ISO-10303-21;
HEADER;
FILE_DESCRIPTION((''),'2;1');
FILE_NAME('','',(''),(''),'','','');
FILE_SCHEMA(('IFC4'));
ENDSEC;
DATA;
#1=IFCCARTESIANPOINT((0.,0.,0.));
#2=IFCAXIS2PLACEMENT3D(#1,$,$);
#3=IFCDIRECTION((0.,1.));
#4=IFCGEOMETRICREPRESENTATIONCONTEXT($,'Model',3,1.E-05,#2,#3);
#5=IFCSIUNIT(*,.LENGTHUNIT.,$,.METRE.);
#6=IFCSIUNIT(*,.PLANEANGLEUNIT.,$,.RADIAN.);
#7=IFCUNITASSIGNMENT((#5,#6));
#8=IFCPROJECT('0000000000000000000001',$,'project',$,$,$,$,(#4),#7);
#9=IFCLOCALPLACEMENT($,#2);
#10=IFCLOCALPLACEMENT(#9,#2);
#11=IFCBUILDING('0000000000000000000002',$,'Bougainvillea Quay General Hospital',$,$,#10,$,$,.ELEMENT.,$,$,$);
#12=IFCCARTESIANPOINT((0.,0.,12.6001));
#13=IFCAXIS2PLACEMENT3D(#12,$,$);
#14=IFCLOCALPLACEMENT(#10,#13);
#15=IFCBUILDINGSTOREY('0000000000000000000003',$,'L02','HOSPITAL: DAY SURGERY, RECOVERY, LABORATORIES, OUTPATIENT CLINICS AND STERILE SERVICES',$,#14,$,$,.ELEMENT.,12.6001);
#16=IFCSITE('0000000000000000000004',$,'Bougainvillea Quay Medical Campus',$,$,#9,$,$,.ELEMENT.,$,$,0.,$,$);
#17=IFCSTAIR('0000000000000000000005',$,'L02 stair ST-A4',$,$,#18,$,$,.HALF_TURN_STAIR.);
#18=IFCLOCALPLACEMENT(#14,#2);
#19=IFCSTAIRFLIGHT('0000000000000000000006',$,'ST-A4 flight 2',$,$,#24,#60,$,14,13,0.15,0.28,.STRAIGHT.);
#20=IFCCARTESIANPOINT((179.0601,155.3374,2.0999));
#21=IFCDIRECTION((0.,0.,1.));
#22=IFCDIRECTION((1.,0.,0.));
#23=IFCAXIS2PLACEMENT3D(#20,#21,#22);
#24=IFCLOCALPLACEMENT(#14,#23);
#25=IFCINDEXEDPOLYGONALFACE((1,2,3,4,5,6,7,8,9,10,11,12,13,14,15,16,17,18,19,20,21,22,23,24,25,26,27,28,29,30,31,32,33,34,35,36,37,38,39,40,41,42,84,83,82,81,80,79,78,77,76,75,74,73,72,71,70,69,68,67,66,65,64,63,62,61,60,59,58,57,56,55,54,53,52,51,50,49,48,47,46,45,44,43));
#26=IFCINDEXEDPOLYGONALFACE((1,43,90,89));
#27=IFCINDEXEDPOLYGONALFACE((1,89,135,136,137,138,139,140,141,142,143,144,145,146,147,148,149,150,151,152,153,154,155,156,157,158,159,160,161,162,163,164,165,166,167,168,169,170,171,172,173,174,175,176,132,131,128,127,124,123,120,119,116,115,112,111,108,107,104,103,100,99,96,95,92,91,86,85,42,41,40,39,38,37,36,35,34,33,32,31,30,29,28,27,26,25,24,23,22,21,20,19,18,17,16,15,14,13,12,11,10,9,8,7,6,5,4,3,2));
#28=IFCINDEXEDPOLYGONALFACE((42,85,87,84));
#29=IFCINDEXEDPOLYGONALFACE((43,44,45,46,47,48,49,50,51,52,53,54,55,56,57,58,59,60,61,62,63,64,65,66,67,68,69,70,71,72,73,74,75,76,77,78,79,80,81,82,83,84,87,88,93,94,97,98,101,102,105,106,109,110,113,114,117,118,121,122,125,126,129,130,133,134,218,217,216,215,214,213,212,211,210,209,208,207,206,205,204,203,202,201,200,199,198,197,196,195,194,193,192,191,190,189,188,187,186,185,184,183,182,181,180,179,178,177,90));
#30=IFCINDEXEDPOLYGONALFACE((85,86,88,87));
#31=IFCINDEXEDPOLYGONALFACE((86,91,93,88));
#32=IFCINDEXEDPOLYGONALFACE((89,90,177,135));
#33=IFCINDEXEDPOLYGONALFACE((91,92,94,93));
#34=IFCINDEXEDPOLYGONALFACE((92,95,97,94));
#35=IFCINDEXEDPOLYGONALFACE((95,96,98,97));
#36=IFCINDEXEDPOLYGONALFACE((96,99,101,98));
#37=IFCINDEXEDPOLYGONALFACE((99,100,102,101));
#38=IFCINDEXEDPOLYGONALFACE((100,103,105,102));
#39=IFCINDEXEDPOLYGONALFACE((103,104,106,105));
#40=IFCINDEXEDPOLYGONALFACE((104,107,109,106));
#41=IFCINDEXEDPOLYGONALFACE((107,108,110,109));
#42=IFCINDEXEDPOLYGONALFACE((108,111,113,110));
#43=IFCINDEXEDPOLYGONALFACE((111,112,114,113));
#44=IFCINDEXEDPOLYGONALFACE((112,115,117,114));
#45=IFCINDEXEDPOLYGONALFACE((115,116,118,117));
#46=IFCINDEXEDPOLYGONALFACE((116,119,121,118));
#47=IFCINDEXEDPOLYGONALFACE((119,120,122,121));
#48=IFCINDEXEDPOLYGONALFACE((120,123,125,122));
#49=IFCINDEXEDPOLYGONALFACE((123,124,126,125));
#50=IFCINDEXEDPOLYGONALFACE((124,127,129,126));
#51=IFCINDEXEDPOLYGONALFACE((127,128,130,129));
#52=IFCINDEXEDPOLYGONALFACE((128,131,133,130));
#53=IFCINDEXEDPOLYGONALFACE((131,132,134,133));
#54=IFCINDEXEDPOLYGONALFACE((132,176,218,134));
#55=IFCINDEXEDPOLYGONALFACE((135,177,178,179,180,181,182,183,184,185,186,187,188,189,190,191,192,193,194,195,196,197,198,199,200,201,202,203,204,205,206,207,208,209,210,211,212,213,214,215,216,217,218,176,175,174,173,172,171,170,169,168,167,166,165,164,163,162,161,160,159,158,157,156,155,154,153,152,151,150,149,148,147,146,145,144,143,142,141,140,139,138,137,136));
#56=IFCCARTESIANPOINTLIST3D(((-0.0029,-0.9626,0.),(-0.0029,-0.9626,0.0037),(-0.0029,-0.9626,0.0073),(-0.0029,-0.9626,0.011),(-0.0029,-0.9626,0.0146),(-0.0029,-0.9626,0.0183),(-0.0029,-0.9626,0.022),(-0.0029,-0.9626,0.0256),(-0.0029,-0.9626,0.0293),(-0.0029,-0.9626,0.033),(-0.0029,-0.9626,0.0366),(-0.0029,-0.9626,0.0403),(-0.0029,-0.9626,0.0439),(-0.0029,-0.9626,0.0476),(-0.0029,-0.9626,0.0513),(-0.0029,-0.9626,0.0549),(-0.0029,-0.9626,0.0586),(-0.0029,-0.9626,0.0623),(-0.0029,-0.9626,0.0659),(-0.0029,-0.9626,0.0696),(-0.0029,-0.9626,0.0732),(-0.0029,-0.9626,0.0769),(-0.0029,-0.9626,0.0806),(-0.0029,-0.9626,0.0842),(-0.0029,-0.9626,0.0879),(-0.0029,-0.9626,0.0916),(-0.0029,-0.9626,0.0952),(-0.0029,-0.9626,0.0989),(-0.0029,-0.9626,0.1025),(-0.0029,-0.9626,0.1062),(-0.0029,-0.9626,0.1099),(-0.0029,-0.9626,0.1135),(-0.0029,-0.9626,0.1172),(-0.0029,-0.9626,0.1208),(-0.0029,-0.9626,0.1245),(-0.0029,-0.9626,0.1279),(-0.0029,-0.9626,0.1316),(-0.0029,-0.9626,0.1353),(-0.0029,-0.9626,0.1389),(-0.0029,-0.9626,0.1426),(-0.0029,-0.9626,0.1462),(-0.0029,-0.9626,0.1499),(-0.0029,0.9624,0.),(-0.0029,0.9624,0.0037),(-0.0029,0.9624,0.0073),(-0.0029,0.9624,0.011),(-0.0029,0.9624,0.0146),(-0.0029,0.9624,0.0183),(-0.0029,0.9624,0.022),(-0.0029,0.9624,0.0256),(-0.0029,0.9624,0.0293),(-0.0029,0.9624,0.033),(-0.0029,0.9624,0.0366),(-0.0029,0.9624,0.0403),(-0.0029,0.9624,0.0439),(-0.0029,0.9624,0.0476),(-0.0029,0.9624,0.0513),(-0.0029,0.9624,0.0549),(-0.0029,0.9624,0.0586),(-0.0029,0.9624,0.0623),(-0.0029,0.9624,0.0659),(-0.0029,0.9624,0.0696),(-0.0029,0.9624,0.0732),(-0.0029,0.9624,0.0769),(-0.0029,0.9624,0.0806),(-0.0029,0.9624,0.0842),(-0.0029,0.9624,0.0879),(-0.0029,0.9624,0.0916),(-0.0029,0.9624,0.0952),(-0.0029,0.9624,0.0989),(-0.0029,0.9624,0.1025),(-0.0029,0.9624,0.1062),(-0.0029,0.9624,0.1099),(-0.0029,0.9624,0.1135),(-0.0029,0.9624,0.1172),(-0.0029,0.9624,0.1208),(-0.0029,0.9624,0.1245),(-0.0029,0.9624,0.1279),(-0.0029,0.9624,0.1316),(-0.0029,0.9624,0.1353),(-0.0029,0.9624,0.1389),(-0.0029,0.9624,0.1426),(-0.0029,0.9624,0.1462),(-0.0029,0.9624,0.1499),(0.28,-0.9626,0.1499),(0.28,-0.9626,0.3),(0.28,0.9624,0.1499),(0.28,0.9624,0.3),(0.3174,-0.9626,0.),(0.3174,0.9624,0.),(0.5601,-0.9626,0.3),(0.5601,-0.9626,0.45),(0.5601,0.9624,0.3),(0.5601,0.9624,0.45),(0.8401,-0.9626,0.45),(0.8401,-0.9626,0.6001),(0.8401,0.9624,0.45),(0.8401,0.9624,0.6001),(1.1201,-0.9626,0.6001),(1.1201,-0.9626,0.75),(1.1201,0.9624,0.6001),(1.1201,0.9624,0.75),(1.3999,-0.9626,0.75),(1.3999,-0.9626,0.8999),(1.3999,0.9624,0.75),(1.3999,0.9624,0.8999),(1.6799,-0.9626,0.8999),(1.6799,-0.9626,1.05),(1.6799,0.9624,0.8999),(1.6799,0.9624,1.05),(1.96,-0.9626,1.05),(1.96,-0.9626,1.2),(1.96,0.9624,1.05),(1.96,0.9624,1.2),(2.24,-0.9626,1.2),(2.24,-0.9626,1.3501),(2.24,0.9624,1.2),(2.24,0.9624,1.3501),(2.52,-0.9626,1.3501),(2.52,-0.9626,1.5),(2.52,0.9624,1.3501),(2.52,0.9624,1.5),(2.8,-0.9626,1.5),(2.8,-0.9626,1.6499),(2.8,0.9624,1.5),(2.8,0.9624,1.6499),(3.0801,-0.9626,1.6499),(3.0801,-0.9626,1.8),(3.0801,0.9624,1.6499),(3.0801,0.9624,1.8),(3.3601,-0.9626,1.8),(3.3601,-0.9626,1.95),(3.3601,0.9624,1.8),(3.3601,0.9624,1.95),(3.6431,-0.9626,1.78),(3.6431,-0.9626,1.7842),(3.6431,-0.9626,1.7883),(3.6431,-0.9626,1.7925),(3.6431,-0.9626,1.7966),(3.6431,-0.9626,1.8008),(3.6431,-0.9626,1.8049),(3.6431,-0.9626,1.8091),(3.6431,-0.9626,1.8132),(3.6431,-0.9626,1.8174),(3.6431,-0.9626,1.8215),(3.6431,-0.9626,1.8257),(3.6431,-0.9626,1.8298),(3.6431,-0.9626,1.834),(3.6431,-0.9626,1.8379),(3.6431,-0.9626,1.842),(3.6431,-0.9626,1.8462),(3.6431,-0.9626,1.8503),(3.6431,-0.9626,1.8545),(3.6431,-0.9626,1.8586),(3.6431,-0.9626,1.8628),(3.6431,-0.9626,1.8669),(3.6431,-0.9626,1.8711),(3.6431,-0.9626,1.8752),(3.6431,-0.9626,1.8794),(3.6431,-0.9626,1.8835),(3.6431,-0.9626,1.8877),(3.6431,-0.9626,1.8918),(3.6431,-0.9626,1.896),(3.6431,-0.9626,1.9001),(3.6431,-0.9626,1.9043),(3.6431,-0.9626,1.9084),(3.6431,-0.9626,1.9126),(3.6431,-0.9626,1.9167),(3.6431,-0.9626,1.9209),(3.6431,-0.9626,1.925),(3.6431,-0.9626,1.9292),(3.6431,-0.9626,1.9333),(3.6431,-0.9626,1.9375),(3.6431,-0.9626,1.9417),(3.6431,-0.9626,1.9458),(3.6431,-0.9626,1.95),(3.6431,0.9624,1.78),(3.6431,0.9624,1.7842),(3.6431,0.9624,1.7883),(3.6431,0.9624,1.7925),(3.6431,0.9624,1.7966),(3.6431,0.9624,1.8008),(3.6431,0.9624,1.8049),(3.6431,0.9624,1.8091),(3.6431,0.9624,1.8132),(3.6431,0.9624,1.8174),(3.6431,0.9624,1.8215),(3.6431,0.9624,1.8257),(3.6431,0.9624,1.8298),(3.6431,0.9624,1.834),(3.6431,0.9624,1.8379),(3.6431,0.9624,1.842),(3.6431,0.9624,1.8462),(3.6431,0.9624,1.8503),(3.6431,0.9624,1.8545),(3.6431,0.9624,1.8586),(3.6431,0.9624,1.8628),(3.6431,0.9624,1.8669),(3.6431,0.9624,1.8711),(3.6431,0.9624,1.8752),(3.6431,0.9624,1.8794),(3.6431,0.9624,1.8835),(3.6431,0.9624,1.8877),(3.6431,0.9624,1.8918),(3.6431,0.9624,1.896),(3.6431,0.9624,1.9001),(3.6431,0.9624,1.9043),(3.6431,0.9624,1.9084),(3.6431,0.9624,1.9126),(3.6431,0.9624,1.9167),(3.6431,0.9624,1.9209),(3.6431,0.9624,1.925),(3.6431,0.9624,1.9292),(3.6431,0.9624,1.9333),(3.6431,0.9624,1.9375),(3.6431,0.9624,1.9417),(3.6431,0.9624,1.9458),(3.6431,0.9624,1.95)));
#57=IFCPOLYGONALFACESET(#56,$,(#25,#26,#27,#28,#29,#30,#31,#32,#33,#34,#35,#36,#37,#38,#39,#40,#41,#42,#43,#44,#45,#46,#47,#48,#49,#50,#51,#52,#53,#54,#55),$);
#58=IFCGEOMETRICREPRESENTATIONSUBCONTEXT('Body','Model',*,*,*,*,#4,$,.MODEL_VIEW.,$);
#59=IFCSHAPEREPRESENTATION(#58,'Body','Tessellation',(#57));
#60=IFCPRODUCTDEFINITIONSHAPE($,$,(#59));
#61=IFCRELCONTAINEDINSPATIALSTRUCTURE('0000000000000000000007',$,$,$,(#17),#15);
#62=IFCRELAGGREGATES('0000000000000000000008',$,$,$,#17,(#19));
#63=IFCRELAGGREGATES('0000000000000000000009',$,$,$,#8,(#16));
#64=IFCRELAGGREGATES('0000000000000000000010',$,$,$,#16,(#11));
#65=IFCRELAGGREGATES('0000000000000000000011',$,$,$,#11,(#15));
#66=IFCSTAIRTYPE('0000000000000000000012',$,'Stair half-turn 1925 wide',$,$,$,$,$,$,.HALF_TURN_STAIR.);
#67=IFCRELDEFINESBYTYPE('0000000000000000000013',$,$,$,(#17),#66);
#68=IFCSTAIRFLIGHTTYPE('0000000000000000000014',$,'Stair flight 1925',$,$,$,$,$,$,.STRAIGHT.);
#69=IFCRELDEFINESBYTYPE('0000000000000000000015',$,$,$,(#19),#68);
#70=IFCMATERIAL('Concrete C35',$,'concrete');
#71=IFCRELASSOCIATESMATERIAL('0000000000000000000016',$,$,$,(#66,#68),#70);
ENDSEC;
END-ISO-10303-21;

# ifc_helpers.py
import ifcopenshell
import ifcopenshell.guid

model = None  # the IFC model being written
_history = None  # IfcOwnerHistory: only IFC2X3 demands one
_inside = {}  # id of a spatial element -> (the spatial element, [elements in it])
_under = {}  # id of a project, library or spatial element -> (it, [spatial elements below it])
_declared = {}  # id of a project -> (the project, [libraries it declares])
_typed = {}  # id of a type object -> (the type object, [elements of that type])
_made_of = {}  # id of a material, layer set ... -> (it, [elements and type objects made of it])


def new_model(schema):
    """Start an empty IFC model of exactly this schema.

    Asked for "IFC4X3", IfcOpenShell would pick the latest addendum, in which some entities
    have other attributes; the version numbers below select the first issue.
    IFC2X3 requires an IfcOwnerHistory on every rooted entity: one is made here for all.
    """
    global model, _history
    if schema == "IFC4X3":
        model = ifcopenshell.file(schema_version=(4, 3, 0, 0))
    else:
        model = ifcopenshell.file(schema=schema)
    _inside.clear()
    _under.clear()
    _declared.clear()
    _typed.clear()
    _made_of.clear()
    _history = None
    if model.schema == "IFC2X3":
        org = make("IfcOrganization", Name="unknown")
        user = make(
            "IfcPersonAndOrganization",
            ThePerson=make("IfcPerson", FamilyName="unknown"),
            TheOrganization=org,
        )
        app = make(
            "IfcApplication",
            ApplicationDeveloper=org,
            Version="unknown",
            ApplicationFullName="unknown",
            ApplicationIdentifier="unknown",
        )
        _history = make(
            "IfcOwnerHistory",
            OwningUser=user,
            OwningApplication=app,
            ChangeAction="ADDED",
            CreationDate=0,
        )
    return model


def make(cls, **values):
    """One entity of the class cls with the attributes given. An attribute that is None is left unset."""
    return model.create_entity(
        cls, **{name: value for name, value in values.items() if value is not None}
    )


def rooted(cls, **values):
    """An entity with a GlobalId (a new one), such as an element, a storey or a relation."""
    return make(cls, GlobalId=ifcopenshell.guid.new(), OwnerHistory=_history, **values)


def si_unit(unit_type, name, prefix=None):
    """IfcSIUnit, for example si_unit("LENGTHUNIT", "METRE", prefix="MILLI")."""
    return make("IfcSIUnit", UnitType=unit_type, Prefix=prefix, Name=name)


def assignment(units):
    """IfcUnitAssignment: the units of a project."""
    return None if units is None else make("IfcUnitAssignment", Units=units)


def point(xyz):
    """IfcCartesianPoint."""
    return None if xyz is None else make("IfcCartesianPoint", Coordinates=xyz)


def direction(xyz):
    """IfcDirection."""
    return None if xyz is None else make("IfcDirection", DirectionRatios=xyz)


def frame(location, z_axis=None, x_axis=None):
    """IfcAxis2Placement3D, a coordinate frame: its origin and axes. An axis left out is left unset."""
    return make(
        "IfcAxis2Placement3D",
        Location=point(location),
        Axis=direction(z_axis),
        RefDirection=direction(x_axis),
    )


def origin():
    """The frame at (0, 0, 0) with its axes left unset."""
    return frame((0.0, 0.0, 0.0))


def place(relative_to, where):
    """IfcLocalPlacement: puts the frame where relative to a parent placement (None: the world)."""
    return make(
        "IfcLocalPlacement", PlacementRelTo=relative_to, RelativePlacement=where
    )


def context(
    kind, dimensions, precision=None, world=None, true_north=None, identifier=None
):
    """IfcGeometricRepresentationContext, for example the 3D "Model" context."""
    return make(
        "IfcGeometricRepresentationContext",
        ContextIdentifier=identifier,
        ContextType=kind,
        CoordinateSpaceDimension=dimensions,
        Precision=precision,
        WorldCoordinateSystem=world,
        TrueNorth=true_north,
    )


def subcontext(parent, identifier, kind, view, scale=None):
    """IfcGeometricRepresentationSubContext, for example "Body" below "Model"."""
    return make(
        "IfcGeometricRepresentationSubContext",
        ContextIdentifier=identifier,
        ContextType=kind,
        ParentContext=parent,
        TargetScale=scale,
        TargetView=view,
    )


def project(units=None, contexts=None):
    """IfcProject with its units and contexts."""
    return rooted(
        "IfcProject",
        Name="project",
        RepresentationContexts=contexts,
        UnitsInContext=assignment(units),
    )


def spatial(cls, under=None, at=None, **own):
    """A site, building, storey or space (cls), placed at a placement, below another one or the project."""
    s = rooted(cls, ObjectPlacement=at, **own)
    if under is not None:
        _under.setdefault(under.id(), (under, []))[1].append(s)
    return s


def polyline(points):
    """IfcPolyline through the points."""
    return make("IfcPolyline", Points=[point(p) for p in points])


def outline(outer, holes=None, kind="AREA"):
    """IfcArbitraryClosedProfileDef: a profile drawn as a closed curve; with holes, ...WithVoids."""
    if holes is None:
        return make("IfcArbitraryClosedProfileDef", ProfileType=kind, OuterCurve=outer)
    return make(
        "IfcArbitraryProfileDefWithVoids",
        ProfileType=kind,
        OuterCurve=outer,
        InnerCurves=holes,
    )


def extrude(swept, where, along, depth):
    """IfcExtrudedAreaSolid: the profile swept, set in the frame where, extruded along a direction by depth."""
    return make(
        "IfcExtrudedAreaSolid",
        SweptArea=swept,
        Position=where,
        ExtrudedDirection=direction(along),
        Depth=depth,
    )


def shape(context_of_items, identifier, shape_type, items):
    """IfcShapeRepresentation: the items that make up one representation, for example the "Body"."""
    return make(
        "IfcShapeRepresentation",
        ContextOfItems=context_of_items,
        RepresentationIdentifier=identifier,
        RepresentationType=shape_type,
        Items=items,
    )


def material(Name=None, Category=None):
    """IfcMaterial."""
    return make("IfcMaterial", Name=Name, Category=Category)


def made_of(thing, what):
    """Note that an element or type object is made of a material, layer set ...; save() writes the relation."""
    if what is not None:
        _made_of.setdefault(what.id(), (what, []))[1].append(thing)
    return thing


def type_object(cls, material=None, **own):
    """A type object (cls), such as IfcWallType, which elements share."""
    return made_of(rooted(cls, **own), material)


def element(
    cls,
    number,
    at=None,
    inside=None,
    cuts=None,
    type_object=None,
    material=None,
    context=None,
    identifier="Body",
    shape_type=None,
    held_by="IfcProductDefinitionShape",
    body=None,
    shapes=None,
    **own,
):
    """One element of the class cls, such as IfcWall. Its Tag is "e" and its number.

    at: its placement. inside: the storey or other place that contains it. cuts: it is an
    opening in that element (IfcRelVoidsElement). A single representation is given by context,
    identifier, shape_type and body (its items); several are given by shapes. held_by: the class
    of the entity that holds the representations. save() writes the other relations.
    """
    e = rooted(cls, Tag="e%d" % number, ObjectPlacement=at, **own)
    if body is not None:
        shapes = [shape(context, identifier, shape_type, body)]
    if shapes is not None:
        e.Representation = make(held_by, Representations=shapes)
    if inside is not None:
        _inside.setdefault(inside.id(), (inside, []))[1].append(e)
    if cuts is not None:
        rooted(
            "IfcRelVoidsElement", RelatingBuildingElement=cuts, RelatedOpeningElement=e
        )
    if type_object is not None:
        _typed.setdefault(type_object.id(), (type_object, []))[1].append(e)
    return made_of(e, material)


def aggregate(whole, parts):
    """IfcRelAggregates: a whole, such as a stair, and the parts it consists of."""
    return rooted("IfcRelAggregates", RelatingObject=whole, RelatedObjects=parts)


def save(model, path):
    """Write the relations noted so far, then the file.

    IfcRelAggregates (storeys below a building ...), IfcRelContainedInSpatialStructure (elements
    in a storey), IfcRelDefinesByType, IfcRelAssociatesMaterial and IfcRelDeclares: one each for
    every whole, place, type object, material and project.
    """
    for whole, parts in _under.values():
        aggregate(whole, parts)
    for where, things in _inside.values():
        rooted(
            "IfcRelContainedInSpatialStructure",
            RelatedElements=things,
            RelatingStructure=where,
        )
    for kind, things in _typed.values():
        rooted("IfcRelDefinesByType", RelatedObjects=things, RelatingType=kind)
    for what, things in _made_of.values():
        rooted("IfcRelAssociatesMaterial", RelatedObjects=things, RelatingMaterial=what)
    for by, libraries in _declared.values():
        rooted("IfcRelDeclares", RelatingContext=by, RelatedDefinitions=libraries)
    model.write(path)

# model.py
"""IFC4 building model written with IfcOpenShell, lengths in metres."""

from ifc_helpers import new_model, si_unit, direction, frame, origin, place, context, subcontext, project, spatial, polyline, outline, extrude, material, type_object, element, aggregate, save


model = new_model("IFC4")

# Units and contexts
model_context = context("Model", 3, precision=1e-05, world=origin(), true_north=direction((0.0, 1.0)))
body_context = subcontext(model_context, "Body", "Model", "MODEL_VIEW")
ifc_project = project(units=[si_unit("LENGTHUNIT", "METRE"), si_unit("PLANEANGLEUNIT", "RADIAN")], contexts=[model_context])

# Site, building, storey
site_placement = place(None, origin())
site = spatial("IfcSite", under=ifc_project, at=site_placement, Name="Bougainvillea Quay Medical Campus", CompositionType="ELEMENT", RefElevation=0.0)
building_placement = place(site_placement, origin())
building = spatial("IfcBuilding", under=site, at=building_placement, Name="Bougainvillea Quay General Hospital", CompositionType="ELEMENT")
storey_placement = place(building_placement, frame((0.0, 0.0, 12.6001)))
storey = spatial("IfcBuildingStorey", under=building, at=storey_placement, Name="L02", Description="HOSPITAL: DAY SURGERY, RECOVERY, LABORATORIES, OUTPATIENT CLINICS AND STERILE SERVICES", CompositionType="ELEMENT", Elevation=12.6001)

# Stair, stair flight
ifc_material_1 = material(Name="Concrete C35", Category="concrete")
stair_type = type_object("IfcStairType", Name="Stair half-turn 1925 wide", PredefinedType="HALF_TURN_STAIR", material=ifc_material_1)
stair_placement = place(storey_placement, origin())
stair = element("IfcStair", 1, at=stair_placement, inside=storey, type_object=stair_type, Name="L02 stair ST-A4", PredefinedType="HALF_TURN_STAIR")
stair_flight_type = type_object("IfcStairFlightType", Name="Stair flight 1925", PredefinedType="STRAIGHT", material=ifc_material_1)
stair_flight_placement = place(storey_placement, frame((179.0601, 155.3374, 2.0999), z_axis=(0.0, 0.0, 1.0), x_axis=(1.0, 0.0, 0.0)))
stair_flight = element("IfcStairFlight", 2, at=stair_flight_placement, type_object=stair_flight_type, Name="ST-A4 flight 2", NumberOfRisers=14, NumberOfTreads=13, PredefinedType="STRAIGHT", RiserHeight=0.15, TreadLength=0.28, context=body_context, shape_type="SweptSolid", body=[
    extrude(outline(polyline([(-0.0029, 0.0), (-0.0029, 0.0037), (-0.0029, 0.0073), (-0.0029, 0.011), (-0.0029, 0.0146), (-0.0029, 0.0183), (-0.0029, 0.022), (-0.0029, 0.0256), (-0.0029, 0.0293), (-0.0029, 0.033), (-0.0029, 0.0366), (-0.0029, 0.0403), (-0.0029, 0.0439), (-0.0029, 0.0476), (-0.0029, 0.0513), (-0.0029, 0.0549), (-0.0029, 0.0586), (-0.0029, 0.0623), (-0.0029, 0.0659), (-0.0029, 0.0696), (-0.0029, 0.0732), (-0.0029, 0.0769), (-0.0029, 0.0806), (-0.0029, 0.0842), (-0.0029, 0.0879), (-0.0029, 0.0916), (-0.0029, 0.0952), (-0.0029, 0.0989), (-0.0029, 0.1025), (-0.0029, 0.1062), (-0.0029, 0.1099), (-0.0029, 0.1135), (-0.0029, 0.1172), (-0.0029, 0.1208), (-0.0029, 0.1245), (-0.0029, 0.1279), (-0.0029, 0.1316), (-0.0029, 0.1353), (-0.0029, 0.1389), (-0.0029, 0.1426), (-0.0029, 0.1462), (-0.0029, 0.1499), (0.28, 0.1499), (0.28, 0.3), (0.5601, 0.3), (0.5601, 0.45), (0.8401, 0.45), (0.8401, 0.6001), (1.1201, 0.6001), (1.1201, 0.75), (1.3999, 0.75), (1.3999, 0.8999), (1.6799, 0.8999), (1.6799, 1.05), (1.96, 1.05), (1.96, 1.2), (2.24, 1.2), (2.24, 1.3501), (2.52, 1.3501), (2.52, 1.5), (2.8, 1.5), (2.8, 1.6499), (3.0801, 1.6499), (3.0801, 1.8), (3.3601, 1.8), (3.3601, 1.95), (3.6431, 1.95), (3.6431, 1.9458), (3.6431, 1.9417), (3.6431, 1.9375), (3.6431, 1.9333), (3.6431, 1.9292), (3.6431, 1.925), (3.6431, 1.9209), (3.6431, 1.9167), (3.6431, 1.9126), (3.6431, 1.9084), (3.6431, 1.9043), (3.6431, 1.9001), (3.6431, 1.896), (3.6431, 1.8918), (3.6431, 1.8877), (3.6431, 1.8835), (3.6431, 1.8794), (3.6431, 1.8752), (3.6431, 1.8711), (3.6431, 1.8669), (3.6431, 1.8628), (3.6431, 1.8586), (3.6431, 1.8545), (3.6431, 1.8503), (3.6431, 1.8462), (3.6431, 1.842), (3.6431, 1.8379), (3.6431, 1.834), (3.6431, 1.8298), (3.6431, 1.8257), (3.6431, 1.8215), (3.6431, 1.8174), (3.6431, 1.8132), (3.6431, 1.8091), (3.6431, 1.8049), (3.6431, 1.8008), (3.6431, 1.7966), (3.6431, 1.7925), (3.6431, 1.7883), (3.6431, 1.7842), (3.6431, 1.78), (0.3174, 0.0), (-0.0029, 0.0)])), frame((0.0, 0.9624, 0.0), z_axis=(0.0, -1.0, 0.0), x_axis=(1.0, 0.0, 0.0)), (0.0, 0.0, 1.0), 1.925),
])
aggregate(stair, [stair_flight])

save(model, "model.ifc")
